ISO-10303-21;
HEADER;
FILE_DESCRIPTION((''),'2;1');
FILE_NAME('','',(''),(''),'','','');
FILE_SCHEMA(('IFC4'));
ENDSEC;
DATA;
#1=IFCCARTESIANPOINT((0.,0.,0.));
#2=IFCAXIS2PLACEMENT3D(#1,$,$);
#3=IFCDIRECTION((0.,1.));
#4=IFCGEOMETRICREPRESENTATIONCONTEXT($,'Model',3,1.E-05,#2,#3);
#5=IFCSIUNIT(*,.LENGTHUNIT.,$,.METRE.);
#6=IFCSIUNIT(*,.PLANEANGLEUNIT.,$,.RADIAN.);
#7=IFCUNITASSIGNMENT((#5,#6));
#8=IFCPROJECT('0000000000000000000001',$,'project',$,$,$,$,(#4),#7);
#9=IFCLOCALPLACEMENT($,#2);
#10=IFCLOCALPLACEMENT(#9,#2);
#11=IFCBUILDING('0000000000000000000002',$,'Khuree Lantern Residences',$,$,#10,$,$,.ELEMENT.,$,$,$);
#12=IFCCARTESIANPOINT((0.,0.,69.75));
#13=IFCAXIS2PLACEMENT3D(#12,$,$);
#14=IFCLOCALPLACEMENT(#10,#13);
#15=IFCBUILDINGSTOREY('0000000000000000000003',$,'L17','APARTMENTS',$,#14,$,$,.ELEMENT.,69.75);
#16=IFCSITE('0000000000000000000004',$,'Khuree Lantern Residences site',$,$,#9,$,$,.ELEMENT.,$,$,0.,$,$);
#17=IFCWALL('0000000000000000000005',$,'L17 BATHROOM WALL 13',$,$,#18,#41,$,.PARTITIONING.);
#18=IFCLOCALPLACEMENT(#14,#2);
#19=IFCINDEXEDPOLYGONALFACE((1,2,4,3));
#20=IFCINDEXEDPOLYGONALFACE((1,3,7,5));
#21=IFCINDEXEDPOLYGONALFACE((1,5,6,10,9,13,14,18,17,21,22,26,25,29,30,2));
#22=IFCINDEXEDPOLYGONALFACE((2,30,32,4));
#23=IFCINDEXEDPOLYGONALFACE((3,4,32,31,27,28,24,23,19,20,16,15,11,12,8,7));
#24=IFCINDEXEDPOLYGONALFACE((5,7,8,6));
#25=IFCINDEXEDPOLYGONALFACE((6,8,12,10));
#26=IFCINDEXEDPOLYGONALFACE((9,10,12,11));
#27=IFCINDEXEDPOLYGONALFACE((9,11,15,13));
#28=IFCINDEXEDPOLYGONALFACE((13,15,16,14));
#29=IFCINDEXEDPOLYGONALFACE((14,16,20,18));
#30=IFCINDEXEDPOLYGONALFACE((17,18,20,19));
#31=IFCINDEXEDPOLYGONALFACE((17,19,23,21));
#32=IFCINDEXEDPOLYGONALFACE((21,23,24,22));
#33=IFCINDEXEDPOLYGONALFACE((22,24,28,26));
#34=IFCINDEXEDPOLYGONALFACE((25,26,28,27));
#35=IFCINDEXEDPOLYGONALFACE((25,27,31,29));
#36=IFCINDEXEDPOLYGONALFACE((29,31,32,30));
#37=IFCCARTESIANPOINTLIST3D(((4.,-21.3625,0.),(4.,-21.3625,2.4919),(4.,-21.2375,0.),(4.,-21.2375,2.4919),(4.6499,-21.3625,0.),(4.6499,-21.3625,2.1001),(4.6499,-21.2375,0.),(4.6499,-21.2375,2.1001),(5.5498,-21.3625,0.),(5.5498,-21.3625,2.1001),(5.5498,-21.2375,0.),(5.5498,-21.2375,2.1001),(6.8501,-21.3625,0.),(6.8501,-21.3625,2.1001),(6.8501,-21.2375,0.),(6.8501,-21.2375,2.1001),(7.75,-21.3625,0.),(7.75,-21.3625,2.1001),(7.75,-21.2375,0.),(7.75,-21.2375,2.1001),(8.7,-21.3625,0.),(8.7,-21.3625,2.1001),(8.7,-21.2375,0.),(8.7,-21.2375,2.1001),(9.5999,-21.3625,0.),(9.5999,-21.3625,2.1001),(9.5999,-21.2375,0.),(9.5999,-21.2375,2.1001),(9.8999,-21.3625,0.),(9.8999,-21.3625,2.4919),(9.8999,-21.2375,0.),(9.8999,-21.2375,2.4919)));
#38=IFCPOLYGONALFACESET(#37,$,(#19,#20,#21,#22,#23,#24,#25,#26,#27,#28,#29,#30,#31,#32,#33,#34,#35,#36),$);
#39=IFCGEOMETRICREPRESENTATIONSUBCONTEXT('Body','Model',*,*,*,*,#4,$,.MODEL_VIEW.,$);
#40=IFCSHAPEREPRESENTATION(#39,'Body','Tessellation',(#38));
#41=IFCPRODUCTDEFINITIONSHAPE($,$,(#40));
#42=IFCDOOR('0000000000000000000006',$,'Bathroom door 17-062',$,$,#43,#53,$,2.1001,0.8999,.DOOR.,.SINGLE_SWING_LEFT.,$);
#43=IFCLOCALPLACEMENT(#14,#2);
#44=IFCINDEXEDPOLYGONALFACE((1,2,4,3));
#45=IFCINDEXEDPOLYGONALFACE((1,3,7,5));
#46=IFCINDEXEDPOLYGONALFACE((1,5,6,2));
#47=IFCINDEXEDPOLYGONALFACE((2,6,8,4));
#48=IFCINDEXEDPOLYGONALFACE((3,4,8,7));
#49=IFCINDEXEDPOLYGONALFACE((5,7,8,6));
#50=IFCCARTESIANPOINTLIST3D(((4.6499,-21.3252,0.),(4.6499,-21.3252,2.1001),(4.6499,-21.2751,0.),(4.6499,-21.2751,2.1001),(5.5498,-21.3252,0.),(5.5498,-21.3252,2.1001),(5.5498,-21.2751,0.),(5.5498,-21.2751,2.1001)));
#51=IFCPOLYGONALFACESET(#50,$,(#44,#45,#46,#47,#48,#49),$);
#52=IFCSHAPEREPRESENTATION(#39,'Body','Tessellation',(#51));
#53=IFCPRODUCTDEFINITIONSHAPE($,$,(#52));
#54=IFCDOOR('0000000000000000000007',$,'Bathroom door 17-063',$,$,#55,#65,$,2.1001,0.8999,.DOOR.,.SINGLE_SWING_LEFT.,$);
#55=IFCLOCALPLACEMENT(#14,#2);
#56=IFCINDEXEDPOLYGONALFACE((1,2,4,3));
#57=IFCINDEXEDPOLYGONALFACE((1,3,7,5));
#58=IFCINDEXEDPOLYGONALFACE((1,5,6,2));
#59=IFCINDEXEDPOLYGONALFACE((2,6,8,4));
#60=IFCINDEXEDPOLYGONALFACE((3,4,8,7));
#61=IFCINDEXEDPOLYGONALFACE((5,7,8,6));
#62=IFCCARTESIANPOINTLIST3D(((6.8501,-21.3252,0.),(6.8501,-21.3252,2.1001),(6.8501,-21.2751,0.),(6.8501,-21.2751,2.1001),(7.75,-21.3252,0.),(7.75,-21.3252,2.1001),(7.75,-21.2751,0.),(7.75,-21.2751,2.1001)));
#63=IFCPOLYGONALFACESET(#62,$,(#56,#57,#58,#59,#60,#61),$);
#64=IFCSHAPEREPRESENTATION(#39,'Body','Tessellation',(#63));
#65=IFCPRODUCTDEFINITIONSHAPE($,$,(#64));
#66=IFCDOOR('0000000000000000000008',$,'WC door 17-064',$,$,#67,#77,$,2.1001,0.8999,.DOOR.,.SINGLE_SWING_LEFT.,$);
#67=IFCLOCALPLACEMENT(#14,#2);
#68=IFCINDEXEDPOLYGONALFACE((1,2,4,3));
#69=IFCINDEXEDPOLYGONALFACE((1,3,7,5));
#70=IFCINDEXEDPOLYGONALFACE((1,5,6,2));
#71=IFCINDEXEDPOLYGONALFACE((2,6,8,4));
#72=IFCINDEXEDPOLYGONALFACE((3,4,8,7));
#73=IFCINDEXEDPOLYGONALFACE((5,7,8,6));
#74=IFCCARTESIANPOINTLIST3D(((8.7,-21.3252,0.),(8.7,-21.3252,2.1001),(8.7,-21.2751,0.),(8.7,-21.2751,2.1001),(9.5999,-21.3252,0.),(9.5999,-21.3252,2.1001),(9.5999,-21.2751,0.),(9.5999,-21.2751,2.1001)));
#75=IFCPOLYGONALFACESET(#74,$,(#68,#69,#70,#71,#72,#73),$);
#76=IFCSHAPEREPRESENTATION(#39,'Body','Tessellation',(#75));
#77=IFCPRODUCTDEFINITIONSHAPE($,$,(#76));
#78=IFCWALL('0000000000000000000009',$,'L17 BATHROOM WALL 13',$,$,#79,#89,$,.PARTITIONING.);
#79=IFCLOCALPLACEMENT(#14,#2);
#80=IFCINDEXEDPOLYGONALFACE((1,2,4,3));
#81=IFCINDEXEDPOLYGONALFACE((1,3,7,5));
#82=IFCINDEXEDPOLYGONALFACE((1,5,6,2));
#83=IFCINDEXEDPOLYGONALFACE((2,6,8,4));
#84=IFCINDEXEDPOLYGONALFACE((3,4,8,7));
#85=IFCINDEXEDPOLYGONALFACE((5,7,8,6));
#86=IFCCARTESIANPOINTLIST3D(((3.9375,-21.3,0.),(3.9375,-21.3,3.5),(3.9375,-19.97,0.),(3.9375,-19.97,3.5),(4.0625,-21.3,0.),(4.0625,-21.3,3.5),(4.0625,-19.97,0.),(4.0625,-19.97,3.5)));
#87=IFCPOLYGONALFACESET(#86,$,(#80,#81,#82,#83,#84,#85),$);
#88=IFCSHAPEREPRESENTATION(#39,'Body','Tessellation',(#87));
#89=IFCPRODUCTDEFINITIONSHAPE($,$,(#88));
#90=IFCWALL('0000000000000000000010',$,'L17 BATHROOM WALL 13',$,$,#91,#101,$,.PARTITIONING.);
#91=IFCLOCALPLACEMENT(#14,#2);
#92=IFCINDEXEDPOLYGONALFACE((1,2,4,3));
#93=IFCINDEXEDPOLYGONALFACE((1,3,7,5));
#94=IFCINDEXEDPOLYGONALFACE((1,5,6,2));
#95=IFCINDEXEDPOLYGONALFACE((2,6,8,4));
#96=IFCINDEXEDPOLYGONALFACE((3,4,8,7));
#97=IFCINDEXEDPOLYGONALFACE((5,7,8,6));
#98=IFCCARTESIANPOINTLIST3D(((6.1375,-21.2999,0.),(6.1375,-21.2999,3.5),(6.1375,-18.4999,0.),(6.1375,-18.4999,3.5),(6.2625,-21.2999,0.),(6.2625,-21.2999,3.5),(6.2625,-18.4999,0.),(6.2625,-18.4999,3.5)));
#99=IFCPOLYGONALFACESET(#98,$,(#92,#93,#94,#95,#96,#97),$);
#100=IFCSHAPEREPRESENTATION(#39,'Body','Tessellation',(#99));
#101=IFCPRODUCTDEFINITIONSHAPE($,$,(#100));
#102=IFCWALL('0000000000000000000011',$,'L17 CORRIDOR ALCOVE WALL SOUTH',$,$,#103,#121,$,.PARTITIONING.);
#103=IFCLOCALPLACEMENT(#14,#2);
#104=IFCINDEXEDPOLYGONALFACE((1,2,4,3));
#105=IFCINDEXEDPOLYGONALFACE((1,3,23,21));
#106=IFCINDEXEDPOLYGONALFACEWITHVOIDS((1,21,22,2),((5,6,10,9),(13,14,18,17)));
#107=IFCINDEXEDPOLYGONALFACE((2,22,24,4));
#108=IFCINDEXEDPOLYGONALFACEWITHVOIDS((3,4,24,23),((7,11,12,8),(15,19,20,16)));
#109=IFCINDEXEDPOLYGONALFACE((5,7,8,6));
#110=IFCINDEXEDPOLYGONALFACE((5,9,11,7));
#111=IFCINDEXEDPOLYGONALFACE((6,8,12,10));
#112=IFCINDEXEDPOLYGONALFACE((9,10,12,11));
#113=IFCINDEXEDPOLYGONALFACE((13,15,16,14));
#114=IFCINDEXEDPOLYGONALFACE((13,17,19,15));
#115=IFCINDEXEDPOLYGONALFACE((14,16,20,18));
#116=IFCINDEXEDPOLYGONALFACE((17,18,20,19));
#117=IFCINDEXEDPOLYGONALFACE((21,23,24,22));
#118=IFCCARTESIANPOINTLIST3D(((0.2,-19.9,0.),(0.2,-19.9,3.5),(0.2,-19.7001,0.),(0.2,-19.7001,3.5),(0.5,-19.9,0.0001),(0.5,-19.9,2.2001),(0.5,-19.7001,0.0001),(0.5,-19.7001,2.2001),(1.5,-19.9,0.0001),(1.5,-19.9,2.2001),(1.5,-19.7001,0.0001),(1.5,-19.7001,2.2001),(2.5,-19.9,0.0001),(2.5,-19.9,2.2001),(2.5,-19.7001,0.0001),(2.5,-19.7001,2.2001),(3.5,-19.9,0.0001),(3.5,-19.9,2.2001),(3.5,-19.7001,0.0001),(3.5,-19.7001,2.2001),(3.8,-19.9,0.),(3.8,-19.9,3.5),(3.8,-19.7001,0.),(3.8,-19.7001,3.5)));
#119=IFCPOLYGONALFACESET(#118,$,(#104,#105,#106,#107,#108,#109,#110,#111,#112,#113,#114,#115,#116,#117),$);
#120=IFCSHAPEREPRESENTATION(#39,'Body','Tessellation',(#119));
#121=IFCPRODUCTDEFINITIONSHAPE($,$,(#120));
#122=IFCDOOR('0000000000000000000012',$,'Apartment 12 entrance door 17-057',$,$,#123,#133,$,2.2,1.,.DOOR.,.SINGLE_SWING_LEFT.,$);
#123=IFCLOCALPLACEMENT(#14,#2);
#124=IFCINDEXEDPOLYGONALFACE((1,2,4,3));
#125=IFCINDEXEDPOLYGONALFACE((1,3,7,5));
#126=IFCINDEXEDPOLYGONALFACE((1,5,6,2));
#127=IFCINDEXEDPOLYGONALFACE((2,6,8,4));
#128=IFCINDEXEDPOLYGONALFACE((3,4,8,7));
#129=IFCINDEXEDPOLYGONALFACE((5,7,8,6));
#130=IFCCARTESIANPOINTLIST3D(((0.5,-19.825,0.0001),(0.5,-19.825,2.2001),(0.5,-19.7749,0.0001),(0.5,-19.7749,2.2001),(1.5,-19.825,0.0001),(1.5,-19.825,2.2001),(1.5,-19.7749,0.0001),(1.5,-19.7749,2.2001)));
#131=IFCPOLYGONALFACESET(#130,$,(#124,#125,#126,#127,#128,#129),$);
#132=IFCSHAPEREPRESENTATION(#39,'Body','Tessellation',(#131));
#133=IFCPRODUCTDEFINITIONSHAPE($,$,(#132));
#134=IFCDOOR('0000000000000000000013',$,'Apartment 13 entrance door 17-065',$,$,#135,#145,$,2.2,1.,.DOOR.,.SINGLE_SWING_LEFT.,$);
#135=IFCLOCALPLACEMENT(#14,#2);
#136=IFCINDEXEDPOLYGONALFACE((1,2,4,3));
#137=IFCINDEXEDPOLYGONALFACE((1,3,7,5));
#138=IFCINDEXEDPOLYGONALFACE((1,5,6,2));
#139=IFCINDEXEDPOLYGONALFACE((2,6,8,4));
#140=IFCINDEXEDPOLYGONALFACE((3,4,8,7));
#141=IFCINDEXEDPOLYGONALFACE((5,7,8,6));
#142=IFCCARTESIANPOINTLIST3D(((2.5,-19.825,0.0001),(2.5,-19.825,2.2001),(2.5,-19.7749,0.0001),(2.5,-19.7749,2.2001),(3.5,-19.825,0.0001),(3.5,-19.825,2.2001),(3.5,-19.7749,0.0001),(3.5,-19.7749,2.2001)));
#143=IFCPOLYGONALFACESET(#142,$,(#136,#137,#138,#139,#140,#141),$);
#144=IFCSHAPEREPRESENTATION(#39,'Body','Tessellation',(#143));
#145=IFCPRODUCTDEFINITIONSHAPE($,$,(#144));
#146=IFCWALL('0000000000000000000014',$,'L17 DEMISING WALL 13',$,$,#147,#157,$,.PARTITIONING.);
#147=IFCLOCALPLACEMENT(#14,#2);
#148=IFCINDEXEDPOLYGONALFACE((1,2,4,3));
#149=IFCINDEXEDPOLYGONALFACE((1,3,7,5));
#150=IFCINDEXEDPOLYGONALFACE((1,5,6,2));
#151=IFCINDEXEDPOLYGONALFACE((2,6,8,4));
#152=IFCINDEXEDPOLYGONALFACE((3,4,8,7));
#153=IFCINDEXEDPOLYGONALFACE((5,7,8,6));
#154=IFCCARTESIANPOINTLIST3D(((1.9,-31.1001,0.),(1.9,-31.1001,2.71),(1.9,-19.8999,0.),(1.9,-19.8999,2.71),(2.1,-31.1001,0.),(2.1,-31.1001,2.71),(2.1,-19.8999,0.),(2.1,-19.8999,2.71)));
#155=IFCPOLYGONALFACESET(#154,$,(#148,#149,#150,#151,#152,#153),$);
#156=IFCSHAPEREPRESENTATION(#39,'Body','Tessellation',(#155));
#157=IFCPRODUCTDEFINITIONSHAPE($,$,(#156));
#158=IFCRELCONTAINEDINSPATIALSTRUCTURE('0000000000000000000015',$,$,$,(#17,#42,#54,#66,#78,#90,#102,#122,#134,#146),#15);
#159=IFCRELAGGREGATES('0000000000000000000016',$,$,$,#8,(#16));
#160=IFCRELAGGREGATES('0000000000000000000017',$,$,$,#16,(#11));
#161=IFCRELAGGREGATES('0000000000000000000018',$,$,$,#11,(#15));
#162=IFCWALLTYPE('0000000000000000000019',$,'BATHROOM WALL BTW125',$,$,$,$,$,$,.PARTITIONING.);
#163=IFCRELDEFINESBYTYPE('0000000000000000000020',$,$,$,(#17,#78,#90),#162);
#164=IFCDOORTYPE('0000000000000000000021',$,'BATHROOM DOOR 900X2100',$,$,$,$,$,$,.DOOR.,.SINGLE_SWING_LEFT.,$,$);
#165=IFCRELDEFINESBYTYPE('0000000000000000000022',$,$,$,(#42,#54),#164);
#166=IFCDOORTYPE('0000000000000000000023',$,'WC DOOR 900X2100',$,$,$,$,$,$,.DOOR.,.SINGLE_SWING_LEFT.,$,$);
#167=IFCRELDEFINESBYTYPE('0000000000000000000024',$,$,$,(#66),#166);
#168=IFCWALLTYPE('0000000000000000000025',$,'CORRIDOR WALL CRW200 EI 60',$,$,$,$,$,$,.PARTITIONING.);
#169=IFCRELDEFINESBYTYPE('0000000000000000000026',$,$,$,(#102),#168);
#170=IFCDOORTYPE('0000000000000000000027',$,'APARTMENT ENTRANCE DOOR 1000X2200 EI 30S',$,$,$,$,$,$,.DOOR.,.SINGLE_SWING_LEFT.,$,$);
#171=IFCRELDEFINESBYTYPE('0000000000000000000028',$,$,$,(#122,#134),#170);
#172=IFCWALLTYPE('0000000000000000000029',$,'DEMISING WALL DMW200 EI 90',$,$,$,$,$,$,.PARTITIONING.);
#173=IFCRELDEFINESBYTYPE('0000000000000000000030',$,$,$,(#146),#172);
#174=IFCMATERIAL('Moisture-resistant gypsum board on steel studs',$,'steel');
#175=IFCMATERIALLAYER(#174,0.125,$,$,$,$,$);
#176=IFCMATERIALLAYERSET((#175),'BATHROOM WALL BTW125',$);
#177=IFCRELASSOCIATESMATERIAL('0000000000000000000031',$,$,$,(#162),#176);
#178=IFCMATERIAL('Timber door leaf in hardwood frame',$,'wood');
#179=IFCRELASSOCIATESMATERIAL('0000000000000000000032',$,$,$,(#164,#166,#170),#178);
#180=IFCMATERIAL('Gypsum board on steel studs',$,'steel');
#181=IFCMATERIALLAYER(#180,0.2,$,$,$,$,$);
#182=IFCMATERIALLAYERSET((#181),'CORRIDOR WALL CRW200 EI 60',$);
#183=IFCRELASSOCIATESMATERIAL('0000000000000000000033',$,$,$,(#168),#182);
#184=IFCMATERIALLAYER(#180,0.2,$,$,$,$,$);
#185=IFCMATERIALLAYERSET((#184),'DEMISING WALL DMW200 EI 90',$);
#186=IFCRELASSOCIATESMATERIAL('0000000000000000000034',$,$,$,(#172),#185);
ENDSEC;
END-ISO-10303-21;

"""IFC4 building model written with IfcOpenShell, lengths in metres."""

from ifc_helpers import new_model, si_unit, direction, frame, frame_2d, origin, place, context, subcontext, project, spatial, rectangle, extrude, material, layer, layer_set, type_object, element, fill, save


model = new_model("IFC4")

# Units and contexts
model_context = context("Model", 3, precision=1e-05, world=origin(), true_north=direction((0.0, 1.0)))
body_context = subcontext(model_context, "Body", "Model", "MODEL_VIEW")
ifc_project = project(units=[si_unit("LENGTHUNIT", "METRE"), si_unit("PLANEANGLEUNIT", "RADIAN")], contexts=[model_context])

# Site, building, storey
site_placement = place(None, origin())
site = spatial("IfcSite", under=ifc_project, at=site_placement, Name="Khuree Lantern Residences site", CompositionType="ELEMENT", RefElevation=0.0)
building_placement = place(site_placement, origin())
building = spatial("IfcBuilding", under=site, at=building_placement, Name="Khuree Lantern Residences", CompositionType="ELEMENT")
storey_placement = place(building_placement, frame((0.0, 0.0, 69.75)))
storey = spatial("IfcBuildingStorey", under=building, at=storey_placement, Name="L17", Description="APARTMENTS", CompositionType="ELEMENT", Elevation=69.75)

# Wall, openings, doors
ifc_material_1 = material(Name="Moisture-resistant gypsum board on steel studs", Category="steel")
ifc_layer_1 = layer(ifc_material_1, 0.125)
ifc_layer_set_1 = layer_set([ifc_layer_1], Name="BATHROOM WALL BTW125")
wall_type_1 = type_object("IfcWallType", Name="BATHROOM WALL BTW125", PredefinedType="PARTITIONING", material=ifc_layer_set_1)
wall_1_placement = place(storey_placement, frame((4.0, -21.3, 0.0), z_axis=(0.0, 0.0, 1.0), x_axis=(1.0, 0.0, 0.0)))
wall_1 = element("IfcWall", 1, at=wall_1_placement, inside=storey, type_object=wall_type_1, Name="L17 BATHROOM WALL 13", PredefinedType="PARTITIONING", context=body_context, shape_type="SweptSolid", body=[
    extrude(rectangle(XDim=5.8999, YDim=0.125, at=frame_2d((2.95, 0.0))), origin(), (0.0, 0.0, 1.0), 2.4919),
])
opening_1_placement = place(wall_1_placement, frame((0.6499, 0.0, 0.0)))
opening_1 = element("IfcOpeningElement", 2, at=opening_1_placement, cuts=wall_1, PredefinedType="OPENING", context=body_context, shape_type="SweptSolid", body=[
    extrude(rectangle(XDim=0.8999, YDim=2.1001, at=frame_2d((0.45, 1.05))), frame((0.0, 0.0725, 0.0), z_axis=(0.0, -1.0, 0.0), x_axis=(1.0, 0.0, 0.0)), (0.0, 0.0, 1.0), 0.145),
])
opening_2_placement = place(wall_1_placement, frame((2.8501, 0.0, 0.0)))
opening_2 = element("IfcOpeningElement", 3, at=opening_2_placement, cuts=wall_1, PredefinedType="OPENING", context=body_context, shape_type="SweptSolid", body=[
    extrude(rectangle(XDim=0.8999, YDim=2.1001, at=frame_2d((0.45, 1.05))), frame((0.0, 0.0725, 0.0), z_axis=(0.0, -1.0, 0.0), x_axis=(1.0, 0.0, 0.0)), (0.0, 0.0, 1.0), 0.145),
])
opening_3_placement = place(wall_1_placement, frame((4.7, 0.0, 0.0)))
opening_3 = element("IfcOpeningElement", 4, at=opening_3_placement, cuts=wall_1, PredefinedType="OPENING", context=body_context, shape_type="SweptSolid", body=[
    extrude(rectangle(XDim=0.8999, YDim=2.1001, at=frame_2d((0.45, 1.05))), frame((0.0, 0.0725, 0.0), z_axis=(0.0, -1.0, 0.0), x_axis=(1.0, 0.0, 0.0)), (0.0, 0.0, 1.0), 0.145),
])
ifc_material_2 = material(Name="Timber door leaf in hardwood frame", Category="wood")
door_type_1 = type_object("IfcDoorType", Name="BATHROOM DOOR 900X2100", OperationType="SINGLE_SWING_LEFT", PredefinedType="DOOR", material=ifc_material_2)
door_1_placement = place(opening_1_placement, origin())
door_1 = element("IfcDoor", 5, at=door_1_placement, inside=storey, type_object=door_type_1, Name="Bathroom door 17-062", OperationType="SINGLE_SWING_LEFT", OverallHeight=2.1001, OverallWidth=0.8999, PredefinedType="DOOR", context=body_context, shape_type="SweptSolid", body=[
    extrude(rectangle(XDim=0.8999, YDim=2.1001, at=frame_2d((0.45, 1.05))), frame((0.0, 0.0249, 0.0), z_axis=(0.0, -1.0, 0.0), x_axis=(1.0, 0.0, 0.0)), (0.0, 0.0, 1.0), 0.05),
])
fill(opening_1, door_1)
door_2_placement = place(opening_2_placement, origin())
door_2 = element("IfcDoor", 6, at=door_2_placement, inside=storey, type_object=door_type_1, Name="Bathroom door 17-063", OperationType="SINGLE_SWING_LEFT", OverallHeight=2.1001, OverallWidth=0.8999, PredefinedType="DOOR", context=body_context, shape_type="SweptSolid", body=[
    extrude(rectangle(XDim=0.8999, YDim=2.1001, at=frame_2d((0.45, 1.05))), frame((0.0, 0.0249, 0.0), z_axis=(0.0, -1.0, 0.0), x_axis=(1.0, 0.0, 0.0)), (0.0, 0.0, 1.0), 0.05),
])
fill(opening_2, door_2)
door_type_2 = type_object("IfcDoorType", Name="WC DOOR 900X2100", OperationType="SINGLE_SWING_LEFT", PredefinedType="DOOR", material=ifc_material_2)
door_3_placement = place(opening_3_placement, origin())
door_3 = element("IfcDoor", 7, at=door_3_placement, inside=storey, type_object=door_type_2, Name="WC door 17-064", OperationType="SINGLE_SWING_LEFT", OverallHeight=2.1001, OverallWidth=0.8999, PredefinedType="DOOR", context=body_context, shape_type="SweptSolid", body=[
    extrude(rectangle(XDim=0.8999, YDim=2.1001, at=frame_2d((0.45, 1.05))), frame((0.0, 0.0249, 0.0), z_axis=(0.0, -1.0, 0.0), x_axis=(1.0, 0.0, 0.0)), (0.0, 0.0, 1.0), 0.05),
])
fill(opening_3, door_3)

# Walls
wall_2_placement = place(storey_placement, frame((4.0, -19.97, 0.0), z_axis=(0.0, 0.0, 1.0), x_axis=(0.0, -1.0, 0.0)))
element("IfcWall", 8, at=wall_2_placement, inside=storey, type_object=wall_type_1, Name="L17 BATHROOM WALL 13", PredefinedType="PARTITIONING", context=body_context, shape_type="SweptSolid", body=[
    extrude(rectangle(XDim=1.3301, YDim=0.125, at=frame_2d((0.665, 0.0))), origin(), (0.0, 0.0, 1.0), 3.5),
])
wall_3_placement = place(storey_placement, frame((6.2, -18.5, 0.0), z_axis=(0.0, 0.0, 1.0), x_axis=(0.0, -1.0, 0.0)))
element("IfcWall", 9, at=wall_3_placement, inside=storey, type_object=wall_type_1, Name="L17 BATHROOM WALL 13", PredefinedType="PARTITIONING", context=body_context, shape_type="SweptSolid", body=[
    extrude(rectangle(XDim=2.8, YDim=0.125, at=frame_2d((1.3999, 0.0))), origin(), (0.0, 0.0, 1.0), 3.5),
])

# Wall, openings, doors
ifc_material_3 = material(Name="Gypsum board on steel studs", Category="steel")
ifc_layer_2 = layer(ifc_material_3, 0.2)
ifc_layer_set_2 = layer_set([ifc_layer_2], Name="CORRIDOR WALL CRW200 EI 60")
wall_type_2 = type_object("IfcWallType", Name="CORRIDOR WALL CRW200 EI 60", PredefinedType="PARTITIONING", material=ifc_layer_set_2)
wall_4_placement = place(storey_placement, frame((3.8, -19.8, 0.0), z_axis=(0.0, 0.0, 1.0), x_axis=(-1.0, 0.0, 0.0)))
wall_4 = element("IfcWall", 10, at=wall_4_placement, inside=storey, type_object=wall_type_2, Name="L17 CORRIDOR ALCOVE WALL SOUTH", PredefinedType="PARTITIONING", context=body_context, shape_type="SweptSolid", body=[
    extrude(rectangle(XDim=3.6001, YDim=0.2, at=frame_2d((1.8, 0.0))), origin(), (0.0, 0.0, 1.0), 3.5),
])
opening_4_placement = place(wall_4_placement, frame((2.3, 0.0, 0.0)))
opening_4 = element("IfcOpeningElement", 11, at=opening_4_placement, cuts=wall_4, PredefinedType="OPENING", context=body_context, shape_type="SweptSolid", body=[
    extrude(rectangle(XDim=1.0, YDim=2.2, at=frame_2d((0.5, 1.1001))), frame((0.0, 0.1099, 0.0), z_axis=(0.0, -1.0, 0.0), x_axis=(1.0, 0.0, 0.0)), (0.0, 0.0, 1.0), 0.22),
])
opening_5_placement = place(wall_4_placement, frame((0.3, 0.0, 0.0)))
opening_5 = element("IfcOpeningElement", 12, at=opening_5_placement, cuts=wall_4, PredefinedType="OPENING", context=body_context, shape_type="SweptSolid", body=[
    extrude(rectangle(XDim=1.0, YDim=2.2, at=frame_2d((0.5, 1.1001))), frame((0.0, 0.1099, 0.0), z_axis=(0.0, -1.0, 0.0), x_axis=(1.0, 0.0, 0.0)), (0.0, 0.0, 1.0), 0.22),
])
door_type_3 = type_object("IfcDoorType", Name="APARTMENT ENTRANCE DOOR 1000X2200 EI 30S", OperationType="SINGLE_SWING_LEFT", PredefinedType="DOOR", material=ifc_material_2)
door_4_placement = place(opening_4_placement, origin())
door_4 = element("IfcDoor", 13, at=door_4_placement, inside=storey, type_object=door_type_3, Name="Apartment 12 entrance door 17-057", OperationType="SINGLE_SWING_LEFT", OverallHeight=2.2, OverallWidth=1.0, PredefinedType="DOOR", context=body_context, shape_type="SweptSolid", body=[
    extrude(rectangle(XDim=1.0, YDim=2.2, at=frame_2d((0.5, 1.1001))), frame((0.0, 0.0249, 0.0), z_axis=(0.0, -1.0, 0.0), x_axis=(1.0, 0.0, 0.0)), (0.0, 0.0, 1.0), 0.05),
])
fill(opening_4, door_4)
door_5_placement = place(opening_5_placement, origin())
door_5 = element("IfcDoor", 14, at=door_5_placement, inside=storey, type_object=door_type_3, Name="Apartment 13 entrance door 17-065", OperationType="SINGLE_SWING_LEFT", OverallHeight=2.2, OverallWidth=1.0, PredefinedType="DOOR", context=body_context, shape_type="SweptSolid", body=[
    extrude(rectangle(XDim=1.0, YDim=2.2, at=frame_2d((0.5, 1.1001))), frame((0.0, 0.0249, 0.0), z_axis=(0.0, -1.0, 0.0), x_axis=(1.0, 0.0, 0.0)), (0.0, 0.0, 1.0), 0.05),
])
fill(opening_5, door_5)

# Wall
ifc_layer_3 = layer(ifc_material_3, 0.2)
ifc_layer_set_3 = layer_set([ifc_layer_3], Name="DEMISING WALL DMW200 EI 90")
wall_type_3 = type_object("IfcWallType", Name="DEMISING WALL DMW200 EI 90", PredefinedType="PARTITIONING", material=ifc_layer_set_3)
wall_5_placement = place(storey_placement, frame((2.0, -19.8999, 0.0), z_axis=(0.0, 0.0, 1.0), x_axis=(0.0, -1.0, 0.0)))
element("IfcWall", 15, at=wall_5_placement, inside=storey, type_object=wall_type_3, Name="L17 DEMISING WALL 13", PredefinedType="PARTITIONING", context=body_context, shape_type="SweptSolid", body=[
    extrude(rectangle(XDim=11.2002, YDim=0.2, at=frame_2d((5.6001, 0.0))), origin(), (0.0, 0.0, 1.0), 2.71),
])

save(model, "model.ifc")
